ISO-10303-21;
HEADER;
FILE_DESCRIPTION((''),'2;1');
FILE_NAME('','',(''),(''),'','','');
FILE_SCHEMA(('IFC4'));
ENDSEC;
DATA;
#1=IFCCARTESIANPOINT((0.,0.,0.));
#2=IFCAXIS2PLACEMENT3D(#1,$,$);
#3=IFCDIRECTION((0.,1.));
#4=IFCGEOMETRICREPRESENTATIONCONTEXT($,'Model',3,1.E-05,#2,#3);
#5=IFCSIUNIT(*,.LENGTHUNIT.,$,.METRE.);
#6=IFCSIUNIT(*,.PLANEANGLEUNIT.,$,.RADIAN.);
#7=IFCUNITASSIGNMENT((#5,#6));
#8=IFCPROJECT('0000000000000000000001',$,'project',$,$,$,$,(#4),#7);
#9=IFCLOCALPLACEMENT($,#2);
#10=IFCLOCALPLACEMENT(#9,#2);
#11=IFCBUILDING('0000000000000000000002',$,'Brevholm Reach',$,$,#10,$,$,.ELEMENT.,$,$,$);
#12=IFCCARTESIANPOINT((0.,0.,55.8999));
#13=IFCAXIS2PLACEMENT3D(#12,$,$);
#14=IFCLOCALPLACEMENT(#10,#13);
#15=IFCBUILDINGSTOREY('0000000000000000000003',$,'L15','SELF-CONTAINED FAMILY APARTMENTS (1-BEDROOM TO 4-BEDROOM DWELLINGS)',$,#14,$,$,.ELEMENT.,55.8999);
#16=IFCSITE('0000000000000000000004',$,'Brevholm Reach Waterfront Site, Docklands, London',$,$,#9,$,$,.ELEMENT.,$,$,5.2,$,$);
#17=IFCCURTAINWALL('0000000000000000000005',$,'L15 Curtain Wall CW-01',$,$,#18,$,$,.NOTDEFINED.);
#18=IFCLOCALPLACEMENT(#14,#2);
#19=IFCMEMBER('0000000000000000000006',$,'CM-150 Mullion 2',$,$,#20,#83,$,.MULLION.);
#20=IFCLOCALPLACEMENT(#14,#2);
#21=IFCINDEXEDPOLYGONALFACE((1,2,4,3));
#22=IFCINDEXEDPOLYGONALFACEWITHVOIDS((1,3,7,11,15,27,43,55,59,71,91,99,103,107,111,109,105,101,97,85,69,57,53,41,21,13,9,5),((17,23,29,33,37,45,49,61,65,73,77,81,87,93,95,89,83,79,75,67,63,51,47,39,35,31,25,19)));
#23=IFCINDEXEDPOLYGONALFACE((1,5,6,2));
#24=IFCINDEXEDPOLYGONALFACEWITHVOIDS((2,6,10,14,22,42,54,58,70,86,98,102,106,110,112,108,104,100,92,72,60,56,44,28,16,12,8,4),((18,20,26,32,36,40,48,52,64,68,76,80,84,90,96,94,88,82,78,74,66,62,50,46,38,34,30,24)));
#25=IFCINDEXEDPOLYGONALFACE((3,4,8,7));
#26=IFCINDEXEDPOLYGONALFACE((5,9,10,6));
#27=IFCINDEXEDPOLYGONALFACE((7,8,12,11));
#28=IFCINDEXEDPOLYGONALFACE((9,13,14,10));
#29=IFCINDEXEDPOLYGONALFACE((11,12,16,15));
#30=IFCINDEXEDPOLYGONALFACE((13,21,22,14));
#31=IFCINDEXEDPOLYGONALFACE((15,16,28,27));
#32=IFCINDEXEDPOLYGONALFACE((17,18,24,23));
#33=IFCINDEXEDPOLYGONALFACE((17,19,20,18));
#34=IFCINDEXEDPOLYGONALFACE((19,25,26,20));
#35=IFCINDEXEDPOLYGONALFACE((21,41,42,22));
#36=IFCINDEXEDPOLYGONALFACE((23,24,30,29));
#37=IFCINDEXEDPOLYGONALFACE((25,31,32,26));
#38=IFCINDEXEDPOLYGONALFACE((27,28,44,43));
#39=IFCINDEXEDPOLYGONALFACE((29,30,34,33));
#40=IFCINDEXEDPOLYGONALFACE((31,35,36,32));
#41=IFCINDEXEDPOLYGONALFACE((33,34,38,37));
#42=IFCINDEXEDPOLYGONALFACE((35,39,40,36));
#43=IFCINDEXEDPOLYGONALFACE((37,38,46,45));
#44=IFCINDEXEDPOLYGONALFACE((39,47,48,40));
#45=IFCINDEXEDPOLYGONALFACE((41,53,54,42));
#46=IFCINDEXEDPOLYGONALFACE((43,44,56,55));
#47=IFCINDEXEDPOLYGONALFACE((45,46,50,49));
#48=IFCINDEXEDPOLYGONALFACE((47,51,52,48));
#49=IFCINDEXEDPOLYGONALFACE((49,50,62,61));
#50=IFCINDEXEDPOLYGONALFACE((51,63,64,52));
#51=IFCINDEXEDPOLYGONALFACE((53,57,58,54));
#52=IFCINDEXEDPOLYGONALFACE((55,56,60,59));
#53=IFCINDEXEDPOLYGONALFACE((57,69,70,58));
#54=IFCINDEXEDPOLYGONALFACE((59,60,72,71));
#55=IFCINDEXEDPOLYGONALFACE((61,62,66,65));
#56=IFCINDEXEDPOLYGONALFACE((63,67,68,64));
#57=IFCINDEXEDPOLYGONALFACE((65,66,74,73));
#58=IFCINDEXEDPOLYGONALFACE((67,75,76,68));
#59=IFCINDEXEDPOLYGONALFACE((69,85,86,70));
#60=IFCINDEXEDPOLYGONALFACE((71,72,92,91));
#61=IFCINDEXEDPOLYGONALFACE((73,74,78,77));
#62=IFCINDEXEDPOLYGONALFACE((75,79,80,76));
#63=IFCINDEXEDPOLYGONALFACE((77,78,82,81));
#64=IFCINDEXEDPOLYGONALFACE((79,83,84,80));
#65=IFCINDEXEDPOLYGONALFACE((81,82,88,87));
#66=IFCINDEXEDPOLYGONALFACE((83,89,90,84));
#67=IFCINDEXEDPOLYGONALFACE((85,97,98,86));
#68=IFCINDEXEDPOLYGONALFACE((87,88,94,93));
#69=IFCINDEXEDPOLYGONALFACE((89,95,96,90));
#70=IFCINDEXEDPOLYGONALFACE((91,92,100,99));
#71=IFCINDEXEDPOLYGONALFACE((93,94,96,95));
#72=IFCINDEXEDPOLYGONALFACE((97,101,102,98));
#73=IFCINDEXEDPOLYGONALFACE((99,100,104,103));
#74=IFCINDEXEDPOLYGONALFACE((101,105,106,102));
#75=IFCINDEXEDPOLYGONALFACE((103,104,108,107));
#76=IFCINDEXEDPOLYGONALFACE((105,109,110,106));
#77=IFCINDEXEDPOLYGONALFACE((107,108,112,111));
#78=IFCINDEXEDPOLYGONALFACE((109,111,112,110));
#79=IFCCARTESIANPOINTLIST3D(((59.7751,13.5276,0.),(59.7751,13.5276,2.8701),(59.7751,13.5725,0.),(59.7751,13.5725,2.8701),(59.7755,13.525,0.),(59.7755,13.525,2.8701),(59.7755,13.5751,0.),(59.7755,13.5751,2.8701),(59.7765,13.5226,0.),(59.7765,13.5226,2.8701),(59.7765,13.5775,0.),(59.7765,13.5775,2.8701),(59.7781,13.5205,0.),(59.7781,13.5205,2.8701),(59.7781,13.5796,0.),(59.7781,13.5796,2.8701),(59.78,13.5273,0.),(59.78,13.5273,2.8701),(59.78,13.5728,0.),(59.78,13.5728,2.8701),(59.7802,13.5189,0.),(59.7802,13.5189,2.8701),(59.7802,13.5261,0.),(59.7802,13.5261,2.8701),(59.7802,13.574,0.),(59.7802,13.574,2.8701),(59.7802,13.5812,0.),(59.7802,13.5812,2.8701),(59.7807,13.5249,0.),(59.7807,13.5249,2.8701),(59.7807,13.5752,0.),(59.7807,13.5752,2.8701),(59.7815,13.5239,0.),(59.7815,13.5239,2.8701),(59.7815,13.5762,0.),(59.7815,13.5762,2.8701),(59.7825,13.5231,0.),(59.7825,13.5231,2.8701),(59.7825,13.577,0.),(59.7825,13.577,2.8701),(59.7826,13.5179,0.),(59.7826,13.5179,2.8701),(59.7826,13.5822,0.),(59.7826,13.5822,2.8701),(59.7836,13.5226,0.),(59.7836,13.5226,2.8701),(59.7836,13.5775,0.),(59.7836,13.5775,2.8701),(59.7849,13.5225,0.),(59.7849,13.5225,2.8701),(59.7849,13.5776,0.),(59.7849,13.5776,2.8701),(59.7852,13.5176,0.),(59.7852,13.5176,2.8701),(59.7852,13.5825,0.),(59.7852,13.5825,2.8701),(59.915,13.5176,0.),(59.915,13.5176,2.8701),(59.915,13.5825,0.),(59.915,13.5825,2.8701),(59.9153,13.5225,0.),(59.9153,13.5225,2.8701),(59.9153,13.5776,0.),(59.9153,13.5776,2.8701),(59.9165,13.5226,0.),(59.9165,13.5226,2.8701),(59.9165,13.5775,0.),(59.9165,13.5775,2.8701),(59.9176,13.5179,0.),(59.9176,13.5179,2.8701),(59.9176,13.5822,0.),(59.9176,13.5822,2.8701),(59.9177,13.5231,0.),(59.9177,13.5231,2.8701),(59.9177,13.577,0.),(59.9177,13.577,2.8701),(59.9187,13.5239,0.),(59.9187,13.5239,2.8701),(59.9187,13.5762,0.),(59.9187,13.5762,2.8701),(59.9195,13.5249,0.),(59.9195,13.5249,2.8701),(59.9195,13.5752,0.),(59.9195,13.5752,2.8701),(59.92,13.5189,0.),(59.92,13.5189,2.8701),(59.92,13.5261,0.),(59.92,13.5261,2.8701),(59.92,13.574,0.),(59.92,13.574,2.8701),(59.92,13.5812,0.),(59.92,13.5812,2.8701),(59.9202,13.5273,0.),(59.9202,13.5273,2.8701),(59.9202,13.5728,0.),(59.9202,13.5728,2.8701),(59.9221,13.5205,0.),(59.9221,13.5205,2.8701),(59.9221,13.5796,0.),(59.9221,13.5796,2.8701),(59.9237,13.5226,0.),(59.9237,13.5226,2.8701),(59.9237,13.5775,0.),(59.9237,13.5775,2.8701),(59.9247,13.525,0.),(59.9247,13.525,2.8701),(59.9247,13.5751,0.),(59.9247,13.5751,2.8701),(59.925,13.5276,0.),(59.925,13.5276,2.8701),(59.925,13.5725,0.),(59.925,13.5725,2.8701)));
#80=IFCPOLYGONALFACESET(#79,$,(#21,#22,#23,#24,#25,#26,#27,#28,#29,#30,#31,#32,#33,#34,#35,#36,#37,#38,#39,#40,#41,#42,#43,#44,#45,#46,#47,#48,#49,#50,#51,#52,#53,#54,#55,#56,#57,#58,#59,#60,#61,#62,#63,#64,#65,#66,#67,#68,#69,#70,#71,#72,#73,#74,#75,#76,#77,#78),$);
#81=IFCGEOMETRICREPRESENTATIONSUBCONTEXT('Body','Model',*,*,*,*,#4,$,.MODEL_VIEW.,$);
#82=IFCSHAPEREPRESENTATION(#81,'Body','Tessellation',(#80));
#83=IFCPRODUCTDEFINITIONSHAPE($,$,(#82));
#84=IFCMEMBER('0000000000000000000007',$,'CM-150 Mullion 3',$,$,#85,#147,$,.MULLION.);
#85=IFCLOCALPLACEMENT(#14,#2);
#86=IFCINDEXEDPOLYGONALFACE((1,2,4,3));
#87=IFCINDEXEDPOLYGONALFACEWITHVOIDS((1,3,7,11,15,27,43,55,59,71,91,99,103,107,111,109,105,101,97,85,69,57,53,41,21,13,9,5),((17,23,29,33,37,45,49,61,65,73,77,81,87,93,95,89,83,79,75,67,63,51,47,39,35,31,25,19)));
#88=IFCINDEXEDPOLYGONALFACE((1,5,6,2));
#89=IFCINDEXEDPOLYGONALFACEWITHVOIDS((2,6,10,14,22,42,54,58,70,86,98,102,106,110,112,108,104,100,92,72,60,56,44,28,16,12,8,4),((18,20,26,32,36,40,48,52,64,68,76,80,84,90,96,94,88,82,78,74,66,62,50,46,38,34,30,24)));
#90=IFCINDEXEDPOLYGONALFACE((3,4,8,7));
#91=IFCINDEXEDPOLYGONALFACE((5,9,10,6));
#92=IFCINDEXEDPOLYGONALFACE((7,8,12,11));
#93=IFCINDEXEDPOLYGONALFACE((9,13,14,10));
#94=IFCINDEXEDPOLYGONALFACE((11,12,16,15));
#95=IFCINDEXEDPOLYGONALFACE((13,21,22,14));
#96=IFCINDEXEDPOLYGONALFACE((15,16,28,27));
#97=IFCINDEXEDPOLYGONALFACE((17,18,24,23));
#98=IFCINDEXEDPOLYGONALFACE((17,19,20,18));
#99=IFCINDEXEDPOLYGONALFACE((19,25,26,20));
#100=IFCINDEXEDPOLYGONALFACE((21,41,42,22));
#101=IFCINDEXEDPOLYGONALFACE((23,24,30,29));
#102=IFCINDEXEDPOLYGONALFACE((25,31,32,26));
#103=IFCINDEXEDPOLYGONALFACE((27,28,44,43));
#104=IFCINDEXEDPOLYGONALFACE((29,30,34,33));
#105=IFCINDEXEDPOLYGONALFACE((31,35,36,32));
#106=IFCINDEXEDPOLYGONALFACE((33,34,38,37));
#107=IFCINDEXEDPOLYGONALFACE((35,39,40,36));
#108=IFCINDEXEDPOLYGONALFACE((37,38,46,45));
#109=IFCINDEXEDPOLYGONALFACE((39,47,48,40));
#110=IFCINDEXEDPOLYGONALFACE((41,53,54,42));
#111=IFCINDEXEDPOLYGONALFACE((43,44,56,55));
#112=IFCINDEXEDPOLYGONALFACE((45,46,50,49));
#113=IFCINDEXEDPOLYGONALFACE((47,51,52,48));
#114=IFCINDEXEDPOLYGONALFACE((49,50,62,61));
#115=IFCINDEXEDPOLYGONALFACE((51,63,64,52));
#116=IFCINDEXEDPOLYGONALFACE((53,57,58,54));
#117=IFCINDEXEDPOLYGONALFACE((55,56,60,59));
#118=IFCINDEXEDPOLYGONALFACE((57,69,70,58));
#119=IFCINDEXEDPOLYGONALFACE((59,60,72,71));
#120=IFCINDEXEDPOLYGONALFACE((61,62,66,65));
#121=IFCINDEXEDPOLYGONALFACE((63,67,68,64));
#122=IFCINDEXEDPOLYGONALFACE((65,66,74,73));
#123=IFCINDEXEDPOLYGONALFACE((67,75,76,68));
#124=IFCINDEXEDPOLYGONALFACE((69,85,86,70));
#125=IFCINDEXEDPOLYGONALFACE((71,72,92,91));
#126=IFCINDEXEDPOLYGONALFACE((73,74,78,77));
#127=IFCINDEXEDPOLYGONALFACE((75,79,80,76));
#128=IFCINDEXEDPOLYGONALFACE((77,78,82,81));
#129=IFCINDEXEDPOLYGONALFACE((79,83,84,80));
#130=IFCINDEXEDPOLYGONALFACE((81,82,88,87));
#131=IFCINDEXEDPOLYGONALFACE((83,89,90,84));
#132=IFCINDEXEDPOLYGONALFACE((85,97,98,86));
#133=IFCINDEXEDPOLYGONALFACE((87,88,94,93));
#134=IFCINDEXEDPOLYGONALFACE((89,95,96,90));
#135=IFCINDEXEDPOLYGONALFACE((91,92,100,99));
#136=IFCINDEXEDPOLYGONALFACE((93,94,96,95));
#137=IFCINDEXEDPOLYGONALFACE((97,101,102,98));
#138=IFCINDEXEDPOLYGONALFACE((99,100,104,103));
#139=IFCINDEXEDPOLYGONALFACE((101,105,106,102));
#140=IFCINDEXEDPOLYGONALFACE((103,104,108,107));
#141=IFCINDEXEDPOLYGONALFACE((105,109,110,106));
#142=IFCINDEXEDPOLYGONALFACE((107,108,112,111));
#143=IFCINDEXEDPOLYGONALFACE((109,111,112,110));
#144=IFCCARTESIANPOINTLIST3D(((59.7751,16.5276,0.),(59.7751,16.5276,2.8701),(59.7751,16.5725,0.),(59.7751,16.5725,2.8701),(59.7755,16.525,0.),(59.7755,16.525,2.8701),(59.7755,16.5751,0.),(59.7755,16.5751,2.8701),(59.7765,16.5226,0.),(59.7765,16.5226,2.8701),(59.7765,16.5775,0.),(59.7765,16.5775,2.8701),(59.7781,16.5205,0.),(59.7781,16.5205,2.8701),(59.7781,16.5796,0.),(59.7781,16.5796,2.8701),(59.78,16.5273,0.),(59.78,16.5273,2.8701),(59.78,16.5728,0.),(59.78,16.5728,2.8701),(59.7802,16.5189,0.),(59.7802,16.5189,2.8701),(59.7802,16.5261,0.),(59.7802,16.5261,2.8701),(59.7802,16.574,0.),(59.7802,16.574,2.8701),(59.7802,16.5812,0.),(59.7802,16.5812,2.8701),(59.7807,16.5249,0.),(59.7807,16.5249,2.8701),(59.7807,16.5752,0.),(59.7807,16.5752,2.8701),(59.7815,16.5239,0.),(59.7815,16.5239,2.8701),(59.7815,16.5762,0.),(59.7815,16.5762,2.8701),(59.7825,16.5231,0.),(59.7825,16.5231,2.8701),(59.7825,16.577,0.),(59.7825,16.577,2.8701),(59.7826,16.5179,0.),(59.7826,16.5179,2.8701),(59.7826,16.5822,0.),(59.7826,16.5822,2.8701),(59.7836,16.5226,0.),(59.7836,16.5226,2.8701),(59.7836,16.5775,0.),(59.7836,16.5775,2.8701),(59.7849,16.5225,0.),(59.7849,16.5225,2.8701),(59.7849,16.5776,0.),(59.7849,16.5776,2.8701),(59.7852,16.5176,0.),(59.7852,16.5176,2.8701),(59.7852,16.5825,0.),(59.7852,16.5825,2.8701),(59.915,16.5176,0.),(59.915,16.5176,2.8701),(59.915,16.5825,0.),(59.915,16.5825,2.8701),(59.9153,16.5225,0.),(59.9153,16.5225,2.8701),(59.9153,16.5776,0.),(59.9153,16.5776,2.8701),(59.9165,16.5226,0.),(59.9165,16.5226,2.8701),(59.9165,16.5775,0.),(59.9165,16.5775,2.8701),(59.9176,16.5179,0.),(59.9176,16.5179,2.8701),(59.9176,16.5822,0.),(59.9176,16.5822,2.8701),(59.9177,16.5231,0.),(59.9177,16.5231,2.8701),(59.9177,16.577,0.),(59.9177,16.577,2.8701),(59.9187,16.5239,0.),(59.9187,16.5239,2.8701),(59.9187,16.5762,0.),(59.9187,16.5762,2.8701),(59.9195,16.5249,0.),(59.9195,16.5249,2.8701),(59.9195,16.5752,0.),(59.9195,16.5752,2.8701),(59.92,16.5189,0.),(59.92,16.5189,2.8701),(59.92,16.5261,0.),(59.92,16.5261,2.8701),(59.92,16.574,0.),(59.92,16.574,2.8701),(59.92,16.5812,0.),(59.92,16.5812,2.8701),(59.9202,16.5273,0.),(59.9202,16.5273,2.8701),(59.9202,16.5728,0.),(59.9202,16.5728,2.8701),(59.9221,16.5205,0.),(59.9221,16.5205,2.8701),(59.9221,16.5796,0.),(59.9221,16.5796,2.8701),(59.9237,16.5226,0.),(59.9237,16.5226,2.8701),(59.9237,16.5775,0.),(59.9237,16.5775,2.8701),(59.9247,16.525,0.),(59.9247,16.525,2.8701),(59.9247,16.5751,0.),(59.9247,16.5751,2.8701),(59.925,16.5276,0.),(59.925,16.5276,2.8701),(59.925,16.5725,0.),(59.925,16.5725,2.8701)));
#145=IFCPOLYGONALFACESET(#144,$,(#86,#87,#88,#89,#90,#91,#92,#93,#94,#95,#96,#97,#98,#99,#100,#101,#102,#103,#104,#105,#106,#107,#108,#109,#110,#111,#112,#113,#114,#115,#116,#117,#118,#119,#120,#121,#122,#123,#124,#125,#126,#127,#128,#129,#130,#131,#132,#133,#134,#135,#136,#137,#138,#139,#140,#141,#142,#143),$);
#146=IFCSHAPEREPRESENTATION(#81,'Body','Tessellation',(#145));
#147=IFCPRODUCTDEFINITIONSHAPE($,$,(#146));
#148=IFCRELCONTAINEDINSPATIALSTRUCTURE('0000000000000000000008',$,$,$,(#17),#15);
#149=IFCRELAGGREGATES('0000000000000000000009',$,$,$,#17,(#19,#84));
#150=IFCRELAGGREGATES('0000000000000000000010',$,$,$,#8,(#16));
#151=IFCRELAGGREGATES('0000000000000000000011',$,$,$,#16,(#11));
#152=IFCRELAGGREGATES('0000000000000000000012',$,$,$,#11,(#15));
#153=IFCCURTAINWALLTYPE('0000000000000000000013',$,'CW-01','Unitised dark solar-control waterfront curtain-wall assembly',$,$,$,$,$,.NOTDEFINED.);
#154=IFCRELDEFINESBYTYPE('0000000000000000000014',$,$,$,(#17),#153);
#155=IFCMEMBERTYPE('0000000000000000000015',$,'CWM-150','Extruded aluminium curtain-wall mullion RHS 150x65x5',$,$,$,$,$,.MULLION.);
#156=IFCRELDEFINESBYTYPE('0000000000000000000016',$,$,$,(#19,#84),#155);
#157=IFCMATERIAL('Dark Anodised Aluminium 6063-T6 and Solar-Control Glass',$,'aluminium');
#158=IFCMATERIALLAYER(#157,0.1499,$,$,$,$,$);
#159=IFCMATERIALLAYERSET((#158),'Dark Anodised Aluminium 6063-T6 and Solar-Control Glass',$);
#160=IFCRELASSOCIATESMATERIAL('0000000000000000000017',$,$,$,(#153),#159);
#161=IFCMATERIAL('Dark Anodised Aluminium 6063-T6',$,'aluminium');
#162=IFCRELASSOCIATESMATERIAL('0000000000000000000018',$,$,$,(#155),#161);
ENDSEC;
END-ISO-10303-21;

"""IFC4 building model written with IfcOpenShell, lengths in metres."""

from ifc_helpers import new_model, si_unit, direction, frame, origin, origin_2d, place, context, subcontext, project, spatial, hollow_rectangle, extrude, material, layer, layer_set, material_profile, profile_set, type_object, element, aggregate, save


model = new_model("IFC4")

# Units and contexts
model_context = context("Model", 3, precision=1e-05, world=origin(), true_north=direction((0.0, 1.0)))
body_context = subcontext(model_context, "Body", "Model", "MODEL_VIEW")
ifc_project = project(units=[si_unit("LENGTHUNIT", "METRE"), si_unit("PLANEANGLEUNIT", "RADIAN")], contexts=[model_context])

# Site, building, storey
site_placement = place(None, origin())
site = spatial("IfcSite", under=ifc_project, at=site_placement, Name="Brevholm Reach Waterfront Site, Docklands, London", CompositionType="ELEMENT", RefElevation=5.2)
building_placement = place(site_placement, origin())
building = spatial("IfcBuilding", under=site, at=building_placement, Name="Brevholm Reach", CompositionType="ELEMENT")
storey_placement = place(building_placement, frame((0.0, 0.0, 55.8999)))
storey = spatial("IfcBuildingStorey", under=building, at=storey_placement, Name="L15", Description="SELF-CONTAINED FAMILY APARTMENTS (1-BEDROOM TO 4-BEDROOM DWELLINGS)", CompositionType="ELEMENT", Elevation=55.8999)

# Curtain wall, members
ifc_material_1 = material(Name="Dark Anodised Aluminium 6063-T6 and Solar-Control Glass", Category="aluminium")
ifc_layer_1 = layer(ifc_material_1, 0.1499)
ifc_layer_set_1 = layer_set([ifc_layer_1], Name="Dark Anodised Aluminium 6063-T6 and Solar-Control Glass")
curtain_wall_type = type_object("IfcCurtainWallType", Name="CW-01", Description="Unitised dark solar-control waterfront curtain-wall assembly", PredefinedType="NOTDEFINED", material=ifc_layer_set_1)
curtain_wall_placement = place(storey_placement, origin())
curtain_wall = element("IfcCurtainWall", 1, at=curtain_wall_placement, inside=storey, type_object=curtain_wall_type, Name="L15 Curtain Wall CW-01", PredefinedType="NOTDEFINED")
ifc_material_2 = material(Name="Dark Anodised Aluminium 6063-T6", Category="aluminium")
ifc_material_profile_1 = material_profile(ifc_material_2, hollow_rectangle(XDim=0.0649, YDim=0.1499, WallThickness=0.0049, InnerFilletRadius=0.0049, OuterFilletRadius=0.01, at=origin_2d()), Name="RHS 150x65x5")
ifc_profile_set_1 = profile_set([ifc_material_profile_1], Name="Dark Anodised Aluminium 6063-T6")
member_type_1 = type_object("IfcMemberType", Name="CWM-150", Description="Extruded aluminium curtain-wall mullion RHS 150x65x5", PredefinedType="MULLION", material=ifc_profile_set_1)
member_1_placement = place(storey_placement, frame((59.8501, 13.55, 0.0), z_axis=(0.0, 0.0, 1.0), x_axis=(0.0, 1.0, 0.0)))
member_1 = element("IfcMember", 2, at=member_1_placement, type_object=member_type_1, Name="CM-150 Mullion 2", PredefinedType="MULLION", context=body_context, shape_type="SweptSolid", body=[
    extrude(hollow_rectangle(XDim=0.0649, YDim=0.1499, WallThickness=0.0049, InnerFilletRadius=0.0049, OuterFilletRadius=0.01, at=origin_2d()), origin(), (0.0, 0.0, 1.0), 2.8701),
])
member_2_placement = place(storey_placement, frame((59.8501, 16.55, 0.0), z_axis=(0.0, 0.0, 1.0), x_axis=(0.0, 1.0, 0.0)))
member_2 = element("IfcMember", 3, at=member_2_placement, type_object=member_type_1, Name="CM-150 Mullion 3", PredefinedType="MULLION", context=body_context, shape_type="SweptSolid", body=[
    extrude(hollow_rectangle(XDim=0.0649, YDim=0.1499, WallThickness=0.0049, InnerFilletRadius=0.0049, OuterFilletRadius=0.01, at=origin_2d()), origin(), (0.0, 0.0, 1.0), 2.8701),
])
aggregate(curtain_wall, [member_1, member_2])

save(model, "model.ifc")
